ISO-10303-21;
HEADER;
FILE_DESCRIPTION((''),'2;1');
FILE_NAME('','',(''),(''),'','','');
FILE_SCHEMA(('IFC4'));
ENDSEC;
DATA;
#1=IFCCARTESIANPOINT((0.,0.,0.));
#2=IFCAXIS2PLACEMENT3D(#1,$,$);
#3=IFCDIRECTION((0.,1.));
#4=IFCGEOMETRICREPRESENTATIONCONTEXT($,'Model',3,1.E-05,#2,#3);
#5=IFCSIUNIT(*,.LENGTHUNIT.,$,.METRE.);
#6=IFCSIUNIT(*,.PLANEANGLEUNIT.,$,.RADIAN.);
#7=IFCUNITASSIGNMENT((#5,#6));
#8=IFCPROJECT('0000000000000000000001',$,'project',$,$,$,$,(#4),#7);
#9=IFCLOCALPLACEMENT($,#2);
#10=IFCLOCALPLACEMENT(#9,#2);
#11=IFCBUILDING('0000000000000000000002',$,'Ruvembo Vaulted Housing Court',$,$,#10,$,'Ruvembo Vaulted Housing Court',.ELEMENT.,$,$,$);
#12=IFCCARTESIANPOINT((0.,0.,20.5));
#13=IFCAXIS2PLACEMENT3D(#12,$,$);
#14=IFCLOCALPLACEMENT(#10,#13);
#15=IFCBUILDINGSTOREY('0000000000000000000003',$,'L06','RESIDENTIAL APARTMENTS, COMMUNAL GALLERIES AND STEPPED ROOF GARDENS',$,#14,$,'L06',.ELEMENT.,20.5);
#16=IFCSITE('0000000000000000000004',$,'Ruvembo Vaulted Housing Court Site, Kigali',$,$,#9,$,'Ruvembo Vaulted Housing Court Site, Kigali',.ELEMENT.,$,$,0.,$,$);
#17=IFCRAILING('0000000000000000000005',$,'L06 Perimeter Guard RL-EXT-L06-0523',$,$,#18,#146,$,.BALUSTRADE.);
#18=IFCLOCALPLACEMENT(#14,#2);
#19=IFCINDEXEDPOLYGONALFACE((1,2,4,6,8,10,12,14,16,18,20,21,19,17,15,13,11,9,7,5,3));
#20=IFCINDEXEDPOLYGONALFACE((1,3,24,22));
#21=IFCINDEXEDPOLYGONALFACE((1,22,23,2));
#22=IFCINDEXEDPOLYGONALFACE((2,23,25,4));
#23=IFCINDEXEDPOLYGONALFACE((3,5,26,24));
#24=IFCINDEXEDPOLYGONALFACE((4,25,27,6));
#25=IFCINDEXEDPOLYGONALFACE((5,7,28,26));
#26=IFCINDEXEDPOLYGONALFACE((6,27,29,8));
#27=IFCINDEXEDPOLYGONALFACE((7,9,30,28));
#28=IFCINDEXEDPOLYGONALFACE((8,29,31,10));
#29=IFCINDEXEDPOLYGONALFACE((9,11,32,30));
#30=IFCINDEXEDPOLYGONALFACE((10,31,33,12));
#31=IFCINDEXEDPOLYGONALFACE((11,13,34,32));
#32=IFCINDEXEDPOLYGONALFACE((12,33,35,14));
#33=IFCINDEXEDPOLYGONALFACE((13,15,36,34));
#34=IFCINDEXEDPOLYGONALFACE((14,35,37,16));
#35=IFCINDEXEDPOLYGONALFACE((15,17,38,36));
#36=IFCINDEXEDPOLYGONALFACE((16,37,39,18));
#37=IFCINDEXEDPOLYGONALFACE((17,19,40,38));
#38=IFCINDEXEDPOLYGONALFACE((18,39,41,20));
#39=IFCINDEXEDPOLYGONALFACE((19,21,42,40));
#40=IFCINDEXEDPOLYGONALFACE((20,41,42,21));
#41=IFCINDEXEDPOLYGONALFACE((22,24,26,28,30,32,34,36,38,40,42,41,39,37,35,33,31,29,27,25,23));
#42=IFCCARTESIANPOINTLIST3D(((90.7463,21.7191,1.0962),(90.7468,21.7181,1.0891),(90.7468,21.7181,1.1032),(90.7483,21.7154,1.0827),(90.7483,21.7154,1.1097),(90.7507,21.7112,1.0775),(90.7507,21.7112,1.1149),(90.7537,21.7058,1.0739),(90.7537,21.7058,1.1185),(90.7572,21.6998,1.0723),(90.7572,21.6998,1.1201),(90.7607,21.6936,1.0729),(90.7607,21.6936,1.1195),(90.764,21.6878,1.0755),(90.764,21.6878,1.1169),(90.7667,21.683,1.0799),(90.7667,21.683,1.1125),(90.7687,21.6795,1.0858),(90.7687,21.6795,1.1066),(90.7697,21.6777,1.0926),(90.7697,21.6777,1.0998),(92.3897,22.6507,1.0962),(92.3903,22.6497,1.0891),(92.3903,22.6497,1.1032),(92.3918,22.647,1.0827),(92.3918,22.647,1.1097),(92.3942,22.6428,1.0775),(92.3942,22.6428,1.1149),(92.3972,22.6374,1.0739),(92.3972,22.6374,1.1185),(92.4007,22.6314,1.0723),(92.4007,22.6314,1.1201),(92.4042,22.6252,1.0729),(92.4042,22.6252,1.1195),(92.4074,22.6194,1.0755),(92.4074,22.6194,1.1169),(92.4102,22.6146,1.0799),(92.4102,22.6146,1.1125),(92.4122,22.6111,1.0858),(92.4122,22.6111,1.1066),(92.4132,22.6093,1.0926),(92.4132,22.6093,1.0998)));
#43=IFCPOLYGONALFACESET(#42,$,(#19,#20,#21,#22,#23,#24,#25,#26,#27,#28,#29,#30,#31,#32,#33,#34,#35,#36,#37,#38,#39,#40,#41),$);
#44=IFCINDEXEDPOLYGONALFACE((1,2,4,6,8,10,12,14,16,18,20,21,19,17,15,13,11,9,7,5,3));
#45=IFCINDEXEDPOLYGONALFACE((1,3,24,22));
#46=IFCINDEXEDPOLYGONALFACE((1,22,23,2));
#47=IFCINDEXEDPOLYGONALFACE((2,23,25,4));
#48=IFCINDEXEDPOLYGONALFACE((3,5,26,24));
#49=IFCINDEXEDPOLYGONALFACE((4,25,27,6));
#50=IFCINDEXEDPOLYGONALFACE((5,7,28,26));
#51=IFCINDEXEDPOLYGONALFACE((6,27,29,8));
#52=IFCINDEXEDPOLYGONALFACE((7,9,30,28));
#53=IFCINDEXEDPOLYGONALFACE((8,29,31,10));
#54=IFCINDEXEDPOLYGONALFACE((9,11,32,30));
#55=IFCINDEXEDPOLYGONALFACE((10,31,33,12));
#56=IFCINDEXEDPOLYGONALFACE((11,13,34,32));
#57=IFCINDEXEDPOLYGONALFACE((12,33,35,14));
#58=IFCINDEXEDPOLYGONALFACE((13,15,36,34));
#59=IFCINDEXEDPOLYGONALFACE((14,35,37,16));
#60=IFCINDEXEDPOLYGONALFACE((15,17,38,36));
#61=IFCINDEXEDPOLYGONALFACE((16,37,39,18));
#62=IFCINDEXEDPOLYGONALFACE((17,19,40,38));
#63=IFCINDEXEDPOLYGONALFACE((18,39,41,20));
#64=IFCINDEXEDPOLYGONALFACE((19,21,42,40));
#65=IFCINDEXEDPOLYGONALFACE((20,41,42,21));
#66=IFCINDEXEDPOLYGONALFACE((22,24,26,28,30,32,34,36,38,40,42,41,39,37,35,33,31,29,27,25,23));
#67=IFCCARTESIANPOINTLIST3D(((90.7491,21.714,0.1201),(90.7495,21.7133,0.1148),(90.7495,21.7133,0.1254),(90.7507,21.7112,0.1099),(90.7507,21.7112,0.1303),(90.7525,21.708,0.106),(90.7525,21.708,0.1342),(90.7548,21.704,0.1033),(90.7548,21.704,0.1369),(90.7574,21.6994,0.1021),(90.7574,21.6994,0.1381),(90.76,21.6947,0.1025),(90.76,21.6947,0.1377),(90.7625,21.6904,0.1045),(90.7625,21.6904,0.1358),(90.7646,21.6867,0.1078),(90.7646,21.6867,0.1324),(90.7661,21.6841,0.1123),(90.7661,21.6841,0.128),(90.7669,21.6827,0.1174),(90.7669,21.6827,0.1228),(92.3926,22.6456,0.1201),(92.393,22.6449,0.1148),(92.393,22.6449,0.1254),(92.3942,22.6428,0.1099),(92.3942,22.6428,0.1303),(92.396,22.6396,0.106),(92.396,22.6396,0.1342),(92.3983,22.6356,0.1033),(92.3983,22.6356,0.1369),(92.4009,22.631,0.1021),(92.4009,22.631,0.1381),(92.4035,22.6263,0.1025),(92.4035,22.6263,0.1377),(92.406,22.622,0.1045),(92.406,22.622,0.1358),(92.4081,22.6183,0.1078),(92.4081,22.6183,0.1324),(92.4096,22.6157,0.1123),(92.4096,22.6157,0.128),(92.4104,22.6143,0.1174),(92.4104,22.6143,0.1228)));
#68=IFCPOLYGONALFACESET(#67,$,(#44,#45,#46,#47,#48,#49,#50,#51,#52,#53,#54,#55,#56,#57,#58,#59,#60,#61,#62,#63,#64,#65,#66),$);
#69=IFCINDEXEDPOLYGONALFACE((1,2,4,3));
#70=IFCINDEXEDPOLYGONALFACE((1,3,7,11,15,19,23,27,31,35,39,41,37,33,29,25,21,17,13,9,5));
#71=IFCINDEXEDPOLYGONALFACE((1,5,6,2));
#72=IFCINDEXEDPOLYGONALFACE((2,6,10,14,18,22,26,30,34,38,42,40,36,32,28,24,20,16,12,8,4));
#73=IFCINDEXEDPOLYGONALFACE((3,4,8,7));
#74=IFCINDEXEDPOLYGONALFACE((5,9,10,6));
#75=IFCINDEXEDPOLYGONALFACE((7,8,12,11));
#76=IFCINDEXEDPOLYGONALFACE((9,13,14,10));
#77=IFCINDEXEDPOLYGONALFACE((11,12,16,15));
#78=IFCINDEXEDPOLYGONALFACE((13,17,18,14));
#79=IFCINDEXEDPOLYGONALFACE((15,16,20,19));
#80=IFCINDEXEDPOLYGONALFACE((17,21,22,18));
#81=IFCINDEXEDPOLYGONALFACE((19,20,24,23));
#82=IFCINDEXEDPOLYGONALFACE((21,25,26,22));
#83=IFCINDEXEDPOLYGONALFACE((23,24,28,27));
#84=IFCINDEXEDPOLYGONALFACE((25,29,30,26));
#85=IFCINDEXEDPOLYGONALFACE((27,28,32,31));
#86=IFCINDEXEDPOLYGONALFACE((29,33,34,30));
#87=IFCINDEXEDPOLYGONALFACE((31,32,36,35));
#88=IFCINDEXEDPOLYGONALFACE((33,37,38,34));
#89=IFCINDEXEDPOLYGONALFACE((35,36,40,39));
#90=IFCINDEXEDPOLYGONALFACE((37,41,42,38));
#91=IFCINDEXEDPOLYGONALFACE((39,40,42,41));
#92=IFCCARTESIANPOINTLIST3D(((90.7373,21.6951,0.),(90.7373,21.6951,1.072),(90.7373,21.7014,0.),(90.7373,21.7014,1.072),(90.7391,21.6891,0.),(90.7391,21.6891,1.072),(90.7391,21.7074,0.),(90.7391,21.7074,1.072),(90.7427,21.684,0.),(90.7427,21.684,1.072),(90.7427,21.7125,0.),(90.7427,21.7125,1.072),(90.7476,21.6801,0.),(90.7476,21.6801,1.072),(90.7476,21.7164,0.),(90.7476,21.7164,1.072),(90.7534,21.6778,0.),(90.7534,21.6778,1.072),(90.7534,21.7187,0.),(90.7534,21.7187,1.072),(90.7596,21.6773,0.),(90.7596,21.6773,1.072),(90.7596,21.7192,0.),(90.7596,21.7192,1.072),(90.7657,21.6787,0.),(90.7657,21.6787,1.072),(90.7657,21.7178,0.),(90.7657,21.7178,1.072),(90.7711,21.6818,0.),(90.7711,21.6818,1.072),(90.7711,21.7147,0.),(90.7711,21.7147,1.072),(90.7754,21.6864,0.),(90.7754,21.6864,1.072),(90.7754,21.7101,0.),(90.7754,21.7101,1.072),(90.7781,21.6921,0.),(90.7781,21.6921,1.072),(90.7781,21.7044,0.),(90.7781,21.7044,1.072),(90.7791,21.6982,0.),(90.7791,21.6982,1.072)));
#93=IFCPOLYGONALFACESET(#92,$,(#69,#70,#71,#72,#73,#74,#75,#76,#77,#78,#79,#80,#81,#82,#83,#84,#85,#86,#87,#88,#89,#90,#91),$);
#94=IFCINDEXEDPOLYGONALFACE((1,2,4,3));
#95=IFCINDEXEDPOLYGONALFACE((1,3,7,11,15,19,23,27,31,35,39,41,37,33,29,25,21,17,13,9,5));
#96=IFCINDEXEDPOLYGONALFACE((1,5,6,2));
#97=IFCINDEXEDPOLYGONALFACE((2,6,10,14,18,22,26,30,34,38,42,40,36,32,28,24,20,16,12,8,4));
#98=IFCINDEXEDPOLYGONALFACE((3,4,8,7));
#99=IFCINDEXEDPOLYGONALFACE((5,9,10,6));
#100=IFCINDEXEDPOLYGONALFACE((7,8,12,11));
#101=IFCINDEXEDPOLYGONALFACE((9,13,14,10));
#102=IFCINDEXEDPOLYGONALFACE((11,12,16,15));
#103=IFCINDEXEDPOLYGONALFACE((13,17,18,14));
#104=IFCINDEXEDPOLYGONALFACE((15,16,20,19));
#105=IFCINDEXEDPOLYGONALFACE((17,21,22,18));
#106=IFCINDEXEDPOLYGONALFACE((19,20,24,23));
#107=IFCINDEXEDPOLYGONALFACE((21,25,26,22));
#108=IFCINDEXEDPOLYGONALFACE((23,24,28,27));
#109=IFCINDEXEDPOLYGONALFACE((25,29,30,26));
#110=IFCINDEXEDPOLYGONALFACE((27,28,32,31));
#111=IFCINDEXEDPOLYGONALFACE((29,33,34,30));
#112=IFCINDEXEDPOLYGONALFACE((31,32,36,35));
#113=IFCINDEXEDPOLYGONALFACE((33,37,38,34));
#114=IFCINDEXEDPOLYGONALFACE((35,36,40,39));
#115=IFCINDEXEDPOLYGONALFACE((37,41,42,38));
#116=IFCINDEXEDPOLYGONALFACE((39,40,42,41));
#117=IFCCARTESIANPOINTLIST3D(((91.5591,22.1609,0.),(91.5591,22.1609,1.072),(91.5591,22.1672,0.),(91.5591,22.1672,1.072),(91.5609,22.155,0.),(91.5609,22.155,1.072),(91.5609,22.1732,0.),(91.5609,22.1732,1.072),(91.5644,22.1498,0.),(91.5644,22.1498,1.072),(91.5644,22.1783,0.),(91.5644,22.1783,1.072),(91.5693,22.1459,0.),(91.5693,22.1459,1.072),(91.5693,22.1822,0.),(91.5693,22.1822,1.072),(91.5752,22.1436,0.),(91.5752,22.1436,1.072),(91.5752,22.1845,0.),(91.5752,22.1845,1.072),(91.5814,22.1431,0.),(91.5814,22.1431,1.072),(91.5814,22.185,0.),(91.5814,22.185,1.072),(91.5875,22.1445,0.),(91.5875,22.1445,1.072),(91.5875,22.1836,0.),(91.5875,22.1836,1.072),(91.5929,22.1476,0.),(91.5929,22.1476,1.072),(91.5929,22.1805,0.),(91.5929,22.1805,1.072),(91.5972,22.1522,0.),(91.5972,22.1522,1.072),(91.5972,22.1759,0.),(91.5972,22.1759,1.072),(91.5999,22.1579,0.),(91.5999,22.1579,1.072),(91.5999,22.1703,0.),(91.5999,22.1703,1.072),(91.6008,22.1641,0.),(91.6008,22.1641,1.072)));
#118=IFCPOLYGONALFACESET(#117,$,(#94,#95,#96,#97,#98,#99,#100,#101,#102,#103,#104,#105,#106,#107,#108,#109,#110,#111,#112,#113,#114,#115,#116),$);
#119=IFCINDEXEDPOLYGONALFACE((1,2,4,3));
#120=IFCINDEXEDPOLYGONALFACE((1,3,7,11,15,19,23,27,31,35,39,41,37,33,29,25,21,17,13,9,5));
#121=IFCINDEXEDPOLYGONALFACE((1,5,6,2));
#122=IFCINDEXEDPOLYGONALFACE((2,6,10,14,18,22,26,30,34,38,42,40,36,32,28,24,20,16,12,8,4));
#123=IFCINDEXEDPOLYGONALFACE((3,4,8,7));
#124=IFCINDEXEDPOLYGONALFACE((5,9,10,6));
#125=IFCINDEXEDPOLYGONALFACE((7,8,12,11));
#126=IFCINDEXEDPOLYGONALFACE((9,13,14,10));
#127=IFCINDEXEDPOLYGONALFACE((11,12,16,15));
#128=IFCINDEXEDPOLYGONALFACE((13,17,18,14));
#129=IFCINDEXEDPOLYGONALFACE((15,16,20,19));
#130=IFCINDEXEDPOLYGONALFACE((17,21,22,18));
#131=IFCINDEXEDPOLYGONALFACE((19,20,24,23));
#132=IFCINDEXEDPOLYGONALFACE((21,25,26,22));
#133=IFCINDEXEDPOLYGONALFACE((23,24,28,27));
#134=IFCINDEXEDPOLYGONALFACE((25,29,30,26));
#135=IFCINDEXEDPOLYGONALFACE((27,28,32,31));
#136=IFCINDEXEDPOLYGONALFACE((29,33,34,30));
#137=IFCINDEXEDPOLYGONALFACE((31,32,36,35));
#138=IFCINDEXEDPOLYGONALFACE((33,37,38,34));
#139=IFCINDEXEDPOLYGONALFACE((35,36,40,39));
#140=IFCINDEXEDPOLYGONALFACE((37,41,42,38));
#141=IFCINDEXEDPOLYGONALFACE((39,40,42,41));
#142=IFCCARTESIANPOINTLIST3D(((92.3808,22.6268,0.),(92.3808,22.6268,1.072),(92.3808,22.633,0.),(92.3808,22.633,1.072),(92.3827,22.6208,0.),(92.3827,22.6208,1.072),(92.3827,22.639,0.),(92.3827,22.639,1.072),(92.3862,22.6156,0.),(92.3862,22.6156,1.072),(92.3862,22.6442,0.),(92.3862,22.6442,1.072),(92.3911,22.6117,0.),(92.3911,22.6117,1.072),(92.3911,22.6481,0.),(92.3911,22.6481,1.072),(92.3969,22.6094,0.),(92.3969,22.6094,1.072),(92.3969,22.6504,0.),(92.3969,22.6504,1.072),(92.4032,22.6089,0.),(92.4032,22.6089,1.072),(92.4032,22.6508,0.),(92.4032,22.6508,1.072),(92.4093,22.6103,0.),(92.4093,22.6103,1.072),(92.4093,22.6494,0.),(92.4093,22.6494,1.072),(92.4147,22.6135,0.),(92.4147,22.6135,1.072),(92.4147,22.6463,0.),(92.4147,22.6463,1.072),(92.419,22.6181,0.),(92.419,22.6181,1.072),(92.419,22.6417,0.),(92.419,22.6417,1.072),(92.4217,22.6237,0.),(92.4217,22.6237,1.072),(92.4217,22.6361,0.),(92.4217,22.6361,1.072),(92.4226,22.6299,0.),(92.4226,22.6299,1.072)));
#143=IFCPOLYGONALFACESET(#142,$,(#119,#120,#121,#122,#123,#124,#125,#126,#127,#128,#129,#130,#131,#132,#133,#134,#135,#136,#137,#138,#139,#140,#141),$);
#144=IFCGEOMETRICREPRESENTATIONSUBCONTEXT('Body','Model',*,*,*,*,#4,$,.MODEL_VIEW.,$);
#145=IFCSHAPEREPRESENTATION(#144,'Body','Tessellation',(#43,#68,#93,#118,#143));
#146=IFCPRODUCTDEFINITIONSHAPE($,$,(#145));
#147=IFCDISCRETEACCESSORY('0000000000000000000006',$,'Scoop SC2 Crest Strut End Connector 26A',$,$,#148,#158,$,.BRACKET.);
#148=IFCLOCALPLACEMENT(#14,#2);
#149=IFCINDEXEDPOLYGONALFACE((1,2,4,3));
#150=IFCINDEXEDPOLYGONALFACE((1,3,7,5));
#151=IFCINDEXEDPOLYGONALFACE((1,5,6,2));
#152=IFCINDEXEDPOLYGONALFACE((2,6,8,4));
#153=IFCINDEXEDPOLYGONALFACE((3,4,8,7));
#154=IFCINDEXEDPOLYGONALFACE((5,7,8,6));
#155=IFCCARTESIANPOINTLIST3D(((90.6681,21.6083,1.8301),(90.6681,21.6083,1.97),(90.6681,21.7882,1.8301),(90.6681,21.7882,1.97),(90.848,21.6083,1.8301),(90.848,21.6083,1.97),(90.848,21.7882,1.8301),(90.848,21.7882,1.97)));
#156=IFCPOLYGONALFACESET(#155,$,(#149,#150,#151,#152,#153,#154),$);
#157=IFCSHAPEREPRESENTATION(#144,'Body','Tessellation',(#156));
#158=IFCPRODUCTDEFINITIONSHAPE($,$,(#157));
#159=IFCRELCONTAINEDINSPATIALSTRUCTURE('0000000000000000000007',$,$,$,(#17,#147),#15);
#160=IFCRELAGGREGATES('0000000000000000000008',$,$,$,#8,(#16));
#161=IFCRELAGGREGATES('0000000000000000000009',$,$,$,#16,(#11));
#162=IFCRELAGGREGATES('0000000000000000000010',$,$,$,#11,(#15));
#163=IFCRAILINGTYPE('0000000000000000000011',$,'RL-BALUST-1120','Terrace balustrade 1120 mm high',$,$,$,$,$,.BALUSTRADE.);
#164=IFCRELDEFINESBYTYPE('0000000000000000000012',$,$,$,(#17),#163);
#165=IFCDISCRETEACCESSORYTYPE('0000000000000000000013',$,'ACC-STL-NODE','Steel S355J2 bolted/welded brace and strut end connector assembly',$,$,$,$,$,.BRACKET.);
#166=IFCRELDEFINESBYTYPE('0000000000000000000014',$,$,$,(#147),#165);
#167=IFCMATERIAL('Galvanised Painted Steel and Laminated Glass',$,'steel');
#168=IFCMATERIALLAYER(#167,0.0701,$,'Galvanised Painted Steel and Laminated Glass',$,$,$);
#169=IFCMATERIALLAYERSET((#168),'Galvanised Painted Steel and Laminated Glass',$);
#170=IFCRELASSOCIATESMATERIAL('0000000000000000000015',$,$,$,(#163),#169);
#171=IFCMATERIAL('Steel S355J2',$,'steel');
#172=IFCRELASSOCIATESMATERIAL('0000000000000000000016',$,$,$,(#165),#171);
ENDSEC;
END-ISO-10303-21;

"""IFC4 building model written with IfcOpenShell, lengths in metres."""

from ifc_helpers import new_model, si_unit, direction, frame, origin, origin_2d, place, context, subcontext, project, spatial, rectangle, circle, extrude, material, layer, layer_set, type_object, element, save


model = new_model("IFC4")

# Units and contexts
model_context = context("Model", 3, precision=1e-05, world=origin(), true_north=direction((0.0, 1.0)))
body_context = subcontext(model_context, "Body", "Model", "MODEL_VIEW")
ifc_project = project(units=[si_unit("LENGTHUNIT", "METRE"), si_unit("PLANEANGLEUNIT", "RADIAN")], contexts=[model_context])

# Site, building, storey
site_placement = place(None, origin())
site = spatial("IfcSite", under=ifc_project, at=site_placement, Name="Ruvembo Vaulted Housing Court Site, Kigali", LongName="Ruvembo Vaulted Housing Court Site, Kigali", CompositionType="ELEMENT", RefElevation=0.0)
building_placement = place(site_placement, origin())
building = spatial("IfcBuilding", under=site, at=building_placement, Name="Ruvembo Vaulted Housing Court", LongName="Ruvembo Vaulted Housing Court", CompositionType="ELEMENT")
storey_placement = place(building_placement, frame((0.0, 0.0, 20.5)))
storey = spatial("IfcBuildingStorey", under=building, at=storey_placement, Name="L06", Description="RESIDENTIAL APARTMENTS, COMMUNAL GALLERIES AND STEPPED ROOF GARDENS", LongName="L06", CompositionType="ELEMENT", Elevation=20.5)

# Shared definitions
ifc_material_1 = material(Name="Steel S355J2", Category="steel")

# Railing
ifc_material_2 = material(Name="Galvanised Painted Steel and Laminated Glass", Category="steel")
ifc_layer_1 = layer(ifc_material_2, 0.0701, Name="Galvanised Painted Steel and Laminated Glass")
ifc_layer_set_1 = layer_set([ifc_layer_1], Name="Galvanised Painted Steel and Laminated Glass")
railing_type = type_object("IfcRailingType", Name="RL-BALUST-1120", Description="Terrace balustrade 1120 mm high", PredefinedType="BALUSTRADE", material=ifc_layer_set_1)
railing_placement = place(storey_placement, frame((90.7581, 21.6982, 0.0)))
element("IfcRailing", 1, at=railing_placement, inside=storey, type_object=railing_type, Name="L06 Perimeter Guard RL-EXT-L06-0523", PredefinedType="BALUSTRADE", context=body_context, shape_type="SweptSolid", body=[
    extrude(circle(Radius=0.0239, at=origin_2d()), frame((0.0, 0.0, 1.0962), z_axis=(0.869956, 0.49313, 0.0), x_axis=(-0.49313, 0.869956, 0.0)), (0.0, 0.0, 1.0), 1.8892),
    extrude(circle(Radius=0.0181, at=origin_2d()), frame((0.0, 0.0, 0.1201), z_axis=(0.869956, 0.49313, 0.0), x_axis=(-0.49313, 0.869956, 0.0)), (0.0, 0.0, 1.0), 1.8892),
    extrude(circle(Radius=0.021, at=origin_2d()), origin(), (0.0, 0.0, 1.0), 1.072),
    extrude(circle(Radius=0.021, at=origin_2d()), frame((0.8218, 0.4658, 0.0)), (0.0, 0.0, 1.0), 1.072),
    extrude(circle(Radius=0.021, at=origin_2d()), frame((1.6436, 0.9316, 0.0)), (0.0, 0.0, 1.0), 1.072),
])

# Discrete accessory
discrete_accessory_type = type_object("IfcDiscreteAccessoryType", Name="ACC-STL-NODE", Description="Steel S355J2 bolted/welded brace and strut end connector assembly", PredefinedType="BRACKET", material=ifc_material_1)
discrete_accessory_placement = place(storey_placement, frame((90.7581, 21.6982, 1.8301), z_axis=(0.0, 0.0, 1.0), x_axis=(1.0, 0.0, 0.0)))
element("IfcDiscreteAccessory", 2, at=discrete_accessory_placement, inside=storey, type_object=discrete_accessory_type, Name="Scoop SC2 Crest Strut End Connector 26A", PredefinedType="BRACKET", context=body_context, shape_type="SweptSolid", body=[
    extrude(rectangle(XDim=0.1799, YDim=0.1799, at=origin_2d()), origin(), (0.0, 0.0, 1.0), 0.1399),
])

save(model, "model.ifc")
